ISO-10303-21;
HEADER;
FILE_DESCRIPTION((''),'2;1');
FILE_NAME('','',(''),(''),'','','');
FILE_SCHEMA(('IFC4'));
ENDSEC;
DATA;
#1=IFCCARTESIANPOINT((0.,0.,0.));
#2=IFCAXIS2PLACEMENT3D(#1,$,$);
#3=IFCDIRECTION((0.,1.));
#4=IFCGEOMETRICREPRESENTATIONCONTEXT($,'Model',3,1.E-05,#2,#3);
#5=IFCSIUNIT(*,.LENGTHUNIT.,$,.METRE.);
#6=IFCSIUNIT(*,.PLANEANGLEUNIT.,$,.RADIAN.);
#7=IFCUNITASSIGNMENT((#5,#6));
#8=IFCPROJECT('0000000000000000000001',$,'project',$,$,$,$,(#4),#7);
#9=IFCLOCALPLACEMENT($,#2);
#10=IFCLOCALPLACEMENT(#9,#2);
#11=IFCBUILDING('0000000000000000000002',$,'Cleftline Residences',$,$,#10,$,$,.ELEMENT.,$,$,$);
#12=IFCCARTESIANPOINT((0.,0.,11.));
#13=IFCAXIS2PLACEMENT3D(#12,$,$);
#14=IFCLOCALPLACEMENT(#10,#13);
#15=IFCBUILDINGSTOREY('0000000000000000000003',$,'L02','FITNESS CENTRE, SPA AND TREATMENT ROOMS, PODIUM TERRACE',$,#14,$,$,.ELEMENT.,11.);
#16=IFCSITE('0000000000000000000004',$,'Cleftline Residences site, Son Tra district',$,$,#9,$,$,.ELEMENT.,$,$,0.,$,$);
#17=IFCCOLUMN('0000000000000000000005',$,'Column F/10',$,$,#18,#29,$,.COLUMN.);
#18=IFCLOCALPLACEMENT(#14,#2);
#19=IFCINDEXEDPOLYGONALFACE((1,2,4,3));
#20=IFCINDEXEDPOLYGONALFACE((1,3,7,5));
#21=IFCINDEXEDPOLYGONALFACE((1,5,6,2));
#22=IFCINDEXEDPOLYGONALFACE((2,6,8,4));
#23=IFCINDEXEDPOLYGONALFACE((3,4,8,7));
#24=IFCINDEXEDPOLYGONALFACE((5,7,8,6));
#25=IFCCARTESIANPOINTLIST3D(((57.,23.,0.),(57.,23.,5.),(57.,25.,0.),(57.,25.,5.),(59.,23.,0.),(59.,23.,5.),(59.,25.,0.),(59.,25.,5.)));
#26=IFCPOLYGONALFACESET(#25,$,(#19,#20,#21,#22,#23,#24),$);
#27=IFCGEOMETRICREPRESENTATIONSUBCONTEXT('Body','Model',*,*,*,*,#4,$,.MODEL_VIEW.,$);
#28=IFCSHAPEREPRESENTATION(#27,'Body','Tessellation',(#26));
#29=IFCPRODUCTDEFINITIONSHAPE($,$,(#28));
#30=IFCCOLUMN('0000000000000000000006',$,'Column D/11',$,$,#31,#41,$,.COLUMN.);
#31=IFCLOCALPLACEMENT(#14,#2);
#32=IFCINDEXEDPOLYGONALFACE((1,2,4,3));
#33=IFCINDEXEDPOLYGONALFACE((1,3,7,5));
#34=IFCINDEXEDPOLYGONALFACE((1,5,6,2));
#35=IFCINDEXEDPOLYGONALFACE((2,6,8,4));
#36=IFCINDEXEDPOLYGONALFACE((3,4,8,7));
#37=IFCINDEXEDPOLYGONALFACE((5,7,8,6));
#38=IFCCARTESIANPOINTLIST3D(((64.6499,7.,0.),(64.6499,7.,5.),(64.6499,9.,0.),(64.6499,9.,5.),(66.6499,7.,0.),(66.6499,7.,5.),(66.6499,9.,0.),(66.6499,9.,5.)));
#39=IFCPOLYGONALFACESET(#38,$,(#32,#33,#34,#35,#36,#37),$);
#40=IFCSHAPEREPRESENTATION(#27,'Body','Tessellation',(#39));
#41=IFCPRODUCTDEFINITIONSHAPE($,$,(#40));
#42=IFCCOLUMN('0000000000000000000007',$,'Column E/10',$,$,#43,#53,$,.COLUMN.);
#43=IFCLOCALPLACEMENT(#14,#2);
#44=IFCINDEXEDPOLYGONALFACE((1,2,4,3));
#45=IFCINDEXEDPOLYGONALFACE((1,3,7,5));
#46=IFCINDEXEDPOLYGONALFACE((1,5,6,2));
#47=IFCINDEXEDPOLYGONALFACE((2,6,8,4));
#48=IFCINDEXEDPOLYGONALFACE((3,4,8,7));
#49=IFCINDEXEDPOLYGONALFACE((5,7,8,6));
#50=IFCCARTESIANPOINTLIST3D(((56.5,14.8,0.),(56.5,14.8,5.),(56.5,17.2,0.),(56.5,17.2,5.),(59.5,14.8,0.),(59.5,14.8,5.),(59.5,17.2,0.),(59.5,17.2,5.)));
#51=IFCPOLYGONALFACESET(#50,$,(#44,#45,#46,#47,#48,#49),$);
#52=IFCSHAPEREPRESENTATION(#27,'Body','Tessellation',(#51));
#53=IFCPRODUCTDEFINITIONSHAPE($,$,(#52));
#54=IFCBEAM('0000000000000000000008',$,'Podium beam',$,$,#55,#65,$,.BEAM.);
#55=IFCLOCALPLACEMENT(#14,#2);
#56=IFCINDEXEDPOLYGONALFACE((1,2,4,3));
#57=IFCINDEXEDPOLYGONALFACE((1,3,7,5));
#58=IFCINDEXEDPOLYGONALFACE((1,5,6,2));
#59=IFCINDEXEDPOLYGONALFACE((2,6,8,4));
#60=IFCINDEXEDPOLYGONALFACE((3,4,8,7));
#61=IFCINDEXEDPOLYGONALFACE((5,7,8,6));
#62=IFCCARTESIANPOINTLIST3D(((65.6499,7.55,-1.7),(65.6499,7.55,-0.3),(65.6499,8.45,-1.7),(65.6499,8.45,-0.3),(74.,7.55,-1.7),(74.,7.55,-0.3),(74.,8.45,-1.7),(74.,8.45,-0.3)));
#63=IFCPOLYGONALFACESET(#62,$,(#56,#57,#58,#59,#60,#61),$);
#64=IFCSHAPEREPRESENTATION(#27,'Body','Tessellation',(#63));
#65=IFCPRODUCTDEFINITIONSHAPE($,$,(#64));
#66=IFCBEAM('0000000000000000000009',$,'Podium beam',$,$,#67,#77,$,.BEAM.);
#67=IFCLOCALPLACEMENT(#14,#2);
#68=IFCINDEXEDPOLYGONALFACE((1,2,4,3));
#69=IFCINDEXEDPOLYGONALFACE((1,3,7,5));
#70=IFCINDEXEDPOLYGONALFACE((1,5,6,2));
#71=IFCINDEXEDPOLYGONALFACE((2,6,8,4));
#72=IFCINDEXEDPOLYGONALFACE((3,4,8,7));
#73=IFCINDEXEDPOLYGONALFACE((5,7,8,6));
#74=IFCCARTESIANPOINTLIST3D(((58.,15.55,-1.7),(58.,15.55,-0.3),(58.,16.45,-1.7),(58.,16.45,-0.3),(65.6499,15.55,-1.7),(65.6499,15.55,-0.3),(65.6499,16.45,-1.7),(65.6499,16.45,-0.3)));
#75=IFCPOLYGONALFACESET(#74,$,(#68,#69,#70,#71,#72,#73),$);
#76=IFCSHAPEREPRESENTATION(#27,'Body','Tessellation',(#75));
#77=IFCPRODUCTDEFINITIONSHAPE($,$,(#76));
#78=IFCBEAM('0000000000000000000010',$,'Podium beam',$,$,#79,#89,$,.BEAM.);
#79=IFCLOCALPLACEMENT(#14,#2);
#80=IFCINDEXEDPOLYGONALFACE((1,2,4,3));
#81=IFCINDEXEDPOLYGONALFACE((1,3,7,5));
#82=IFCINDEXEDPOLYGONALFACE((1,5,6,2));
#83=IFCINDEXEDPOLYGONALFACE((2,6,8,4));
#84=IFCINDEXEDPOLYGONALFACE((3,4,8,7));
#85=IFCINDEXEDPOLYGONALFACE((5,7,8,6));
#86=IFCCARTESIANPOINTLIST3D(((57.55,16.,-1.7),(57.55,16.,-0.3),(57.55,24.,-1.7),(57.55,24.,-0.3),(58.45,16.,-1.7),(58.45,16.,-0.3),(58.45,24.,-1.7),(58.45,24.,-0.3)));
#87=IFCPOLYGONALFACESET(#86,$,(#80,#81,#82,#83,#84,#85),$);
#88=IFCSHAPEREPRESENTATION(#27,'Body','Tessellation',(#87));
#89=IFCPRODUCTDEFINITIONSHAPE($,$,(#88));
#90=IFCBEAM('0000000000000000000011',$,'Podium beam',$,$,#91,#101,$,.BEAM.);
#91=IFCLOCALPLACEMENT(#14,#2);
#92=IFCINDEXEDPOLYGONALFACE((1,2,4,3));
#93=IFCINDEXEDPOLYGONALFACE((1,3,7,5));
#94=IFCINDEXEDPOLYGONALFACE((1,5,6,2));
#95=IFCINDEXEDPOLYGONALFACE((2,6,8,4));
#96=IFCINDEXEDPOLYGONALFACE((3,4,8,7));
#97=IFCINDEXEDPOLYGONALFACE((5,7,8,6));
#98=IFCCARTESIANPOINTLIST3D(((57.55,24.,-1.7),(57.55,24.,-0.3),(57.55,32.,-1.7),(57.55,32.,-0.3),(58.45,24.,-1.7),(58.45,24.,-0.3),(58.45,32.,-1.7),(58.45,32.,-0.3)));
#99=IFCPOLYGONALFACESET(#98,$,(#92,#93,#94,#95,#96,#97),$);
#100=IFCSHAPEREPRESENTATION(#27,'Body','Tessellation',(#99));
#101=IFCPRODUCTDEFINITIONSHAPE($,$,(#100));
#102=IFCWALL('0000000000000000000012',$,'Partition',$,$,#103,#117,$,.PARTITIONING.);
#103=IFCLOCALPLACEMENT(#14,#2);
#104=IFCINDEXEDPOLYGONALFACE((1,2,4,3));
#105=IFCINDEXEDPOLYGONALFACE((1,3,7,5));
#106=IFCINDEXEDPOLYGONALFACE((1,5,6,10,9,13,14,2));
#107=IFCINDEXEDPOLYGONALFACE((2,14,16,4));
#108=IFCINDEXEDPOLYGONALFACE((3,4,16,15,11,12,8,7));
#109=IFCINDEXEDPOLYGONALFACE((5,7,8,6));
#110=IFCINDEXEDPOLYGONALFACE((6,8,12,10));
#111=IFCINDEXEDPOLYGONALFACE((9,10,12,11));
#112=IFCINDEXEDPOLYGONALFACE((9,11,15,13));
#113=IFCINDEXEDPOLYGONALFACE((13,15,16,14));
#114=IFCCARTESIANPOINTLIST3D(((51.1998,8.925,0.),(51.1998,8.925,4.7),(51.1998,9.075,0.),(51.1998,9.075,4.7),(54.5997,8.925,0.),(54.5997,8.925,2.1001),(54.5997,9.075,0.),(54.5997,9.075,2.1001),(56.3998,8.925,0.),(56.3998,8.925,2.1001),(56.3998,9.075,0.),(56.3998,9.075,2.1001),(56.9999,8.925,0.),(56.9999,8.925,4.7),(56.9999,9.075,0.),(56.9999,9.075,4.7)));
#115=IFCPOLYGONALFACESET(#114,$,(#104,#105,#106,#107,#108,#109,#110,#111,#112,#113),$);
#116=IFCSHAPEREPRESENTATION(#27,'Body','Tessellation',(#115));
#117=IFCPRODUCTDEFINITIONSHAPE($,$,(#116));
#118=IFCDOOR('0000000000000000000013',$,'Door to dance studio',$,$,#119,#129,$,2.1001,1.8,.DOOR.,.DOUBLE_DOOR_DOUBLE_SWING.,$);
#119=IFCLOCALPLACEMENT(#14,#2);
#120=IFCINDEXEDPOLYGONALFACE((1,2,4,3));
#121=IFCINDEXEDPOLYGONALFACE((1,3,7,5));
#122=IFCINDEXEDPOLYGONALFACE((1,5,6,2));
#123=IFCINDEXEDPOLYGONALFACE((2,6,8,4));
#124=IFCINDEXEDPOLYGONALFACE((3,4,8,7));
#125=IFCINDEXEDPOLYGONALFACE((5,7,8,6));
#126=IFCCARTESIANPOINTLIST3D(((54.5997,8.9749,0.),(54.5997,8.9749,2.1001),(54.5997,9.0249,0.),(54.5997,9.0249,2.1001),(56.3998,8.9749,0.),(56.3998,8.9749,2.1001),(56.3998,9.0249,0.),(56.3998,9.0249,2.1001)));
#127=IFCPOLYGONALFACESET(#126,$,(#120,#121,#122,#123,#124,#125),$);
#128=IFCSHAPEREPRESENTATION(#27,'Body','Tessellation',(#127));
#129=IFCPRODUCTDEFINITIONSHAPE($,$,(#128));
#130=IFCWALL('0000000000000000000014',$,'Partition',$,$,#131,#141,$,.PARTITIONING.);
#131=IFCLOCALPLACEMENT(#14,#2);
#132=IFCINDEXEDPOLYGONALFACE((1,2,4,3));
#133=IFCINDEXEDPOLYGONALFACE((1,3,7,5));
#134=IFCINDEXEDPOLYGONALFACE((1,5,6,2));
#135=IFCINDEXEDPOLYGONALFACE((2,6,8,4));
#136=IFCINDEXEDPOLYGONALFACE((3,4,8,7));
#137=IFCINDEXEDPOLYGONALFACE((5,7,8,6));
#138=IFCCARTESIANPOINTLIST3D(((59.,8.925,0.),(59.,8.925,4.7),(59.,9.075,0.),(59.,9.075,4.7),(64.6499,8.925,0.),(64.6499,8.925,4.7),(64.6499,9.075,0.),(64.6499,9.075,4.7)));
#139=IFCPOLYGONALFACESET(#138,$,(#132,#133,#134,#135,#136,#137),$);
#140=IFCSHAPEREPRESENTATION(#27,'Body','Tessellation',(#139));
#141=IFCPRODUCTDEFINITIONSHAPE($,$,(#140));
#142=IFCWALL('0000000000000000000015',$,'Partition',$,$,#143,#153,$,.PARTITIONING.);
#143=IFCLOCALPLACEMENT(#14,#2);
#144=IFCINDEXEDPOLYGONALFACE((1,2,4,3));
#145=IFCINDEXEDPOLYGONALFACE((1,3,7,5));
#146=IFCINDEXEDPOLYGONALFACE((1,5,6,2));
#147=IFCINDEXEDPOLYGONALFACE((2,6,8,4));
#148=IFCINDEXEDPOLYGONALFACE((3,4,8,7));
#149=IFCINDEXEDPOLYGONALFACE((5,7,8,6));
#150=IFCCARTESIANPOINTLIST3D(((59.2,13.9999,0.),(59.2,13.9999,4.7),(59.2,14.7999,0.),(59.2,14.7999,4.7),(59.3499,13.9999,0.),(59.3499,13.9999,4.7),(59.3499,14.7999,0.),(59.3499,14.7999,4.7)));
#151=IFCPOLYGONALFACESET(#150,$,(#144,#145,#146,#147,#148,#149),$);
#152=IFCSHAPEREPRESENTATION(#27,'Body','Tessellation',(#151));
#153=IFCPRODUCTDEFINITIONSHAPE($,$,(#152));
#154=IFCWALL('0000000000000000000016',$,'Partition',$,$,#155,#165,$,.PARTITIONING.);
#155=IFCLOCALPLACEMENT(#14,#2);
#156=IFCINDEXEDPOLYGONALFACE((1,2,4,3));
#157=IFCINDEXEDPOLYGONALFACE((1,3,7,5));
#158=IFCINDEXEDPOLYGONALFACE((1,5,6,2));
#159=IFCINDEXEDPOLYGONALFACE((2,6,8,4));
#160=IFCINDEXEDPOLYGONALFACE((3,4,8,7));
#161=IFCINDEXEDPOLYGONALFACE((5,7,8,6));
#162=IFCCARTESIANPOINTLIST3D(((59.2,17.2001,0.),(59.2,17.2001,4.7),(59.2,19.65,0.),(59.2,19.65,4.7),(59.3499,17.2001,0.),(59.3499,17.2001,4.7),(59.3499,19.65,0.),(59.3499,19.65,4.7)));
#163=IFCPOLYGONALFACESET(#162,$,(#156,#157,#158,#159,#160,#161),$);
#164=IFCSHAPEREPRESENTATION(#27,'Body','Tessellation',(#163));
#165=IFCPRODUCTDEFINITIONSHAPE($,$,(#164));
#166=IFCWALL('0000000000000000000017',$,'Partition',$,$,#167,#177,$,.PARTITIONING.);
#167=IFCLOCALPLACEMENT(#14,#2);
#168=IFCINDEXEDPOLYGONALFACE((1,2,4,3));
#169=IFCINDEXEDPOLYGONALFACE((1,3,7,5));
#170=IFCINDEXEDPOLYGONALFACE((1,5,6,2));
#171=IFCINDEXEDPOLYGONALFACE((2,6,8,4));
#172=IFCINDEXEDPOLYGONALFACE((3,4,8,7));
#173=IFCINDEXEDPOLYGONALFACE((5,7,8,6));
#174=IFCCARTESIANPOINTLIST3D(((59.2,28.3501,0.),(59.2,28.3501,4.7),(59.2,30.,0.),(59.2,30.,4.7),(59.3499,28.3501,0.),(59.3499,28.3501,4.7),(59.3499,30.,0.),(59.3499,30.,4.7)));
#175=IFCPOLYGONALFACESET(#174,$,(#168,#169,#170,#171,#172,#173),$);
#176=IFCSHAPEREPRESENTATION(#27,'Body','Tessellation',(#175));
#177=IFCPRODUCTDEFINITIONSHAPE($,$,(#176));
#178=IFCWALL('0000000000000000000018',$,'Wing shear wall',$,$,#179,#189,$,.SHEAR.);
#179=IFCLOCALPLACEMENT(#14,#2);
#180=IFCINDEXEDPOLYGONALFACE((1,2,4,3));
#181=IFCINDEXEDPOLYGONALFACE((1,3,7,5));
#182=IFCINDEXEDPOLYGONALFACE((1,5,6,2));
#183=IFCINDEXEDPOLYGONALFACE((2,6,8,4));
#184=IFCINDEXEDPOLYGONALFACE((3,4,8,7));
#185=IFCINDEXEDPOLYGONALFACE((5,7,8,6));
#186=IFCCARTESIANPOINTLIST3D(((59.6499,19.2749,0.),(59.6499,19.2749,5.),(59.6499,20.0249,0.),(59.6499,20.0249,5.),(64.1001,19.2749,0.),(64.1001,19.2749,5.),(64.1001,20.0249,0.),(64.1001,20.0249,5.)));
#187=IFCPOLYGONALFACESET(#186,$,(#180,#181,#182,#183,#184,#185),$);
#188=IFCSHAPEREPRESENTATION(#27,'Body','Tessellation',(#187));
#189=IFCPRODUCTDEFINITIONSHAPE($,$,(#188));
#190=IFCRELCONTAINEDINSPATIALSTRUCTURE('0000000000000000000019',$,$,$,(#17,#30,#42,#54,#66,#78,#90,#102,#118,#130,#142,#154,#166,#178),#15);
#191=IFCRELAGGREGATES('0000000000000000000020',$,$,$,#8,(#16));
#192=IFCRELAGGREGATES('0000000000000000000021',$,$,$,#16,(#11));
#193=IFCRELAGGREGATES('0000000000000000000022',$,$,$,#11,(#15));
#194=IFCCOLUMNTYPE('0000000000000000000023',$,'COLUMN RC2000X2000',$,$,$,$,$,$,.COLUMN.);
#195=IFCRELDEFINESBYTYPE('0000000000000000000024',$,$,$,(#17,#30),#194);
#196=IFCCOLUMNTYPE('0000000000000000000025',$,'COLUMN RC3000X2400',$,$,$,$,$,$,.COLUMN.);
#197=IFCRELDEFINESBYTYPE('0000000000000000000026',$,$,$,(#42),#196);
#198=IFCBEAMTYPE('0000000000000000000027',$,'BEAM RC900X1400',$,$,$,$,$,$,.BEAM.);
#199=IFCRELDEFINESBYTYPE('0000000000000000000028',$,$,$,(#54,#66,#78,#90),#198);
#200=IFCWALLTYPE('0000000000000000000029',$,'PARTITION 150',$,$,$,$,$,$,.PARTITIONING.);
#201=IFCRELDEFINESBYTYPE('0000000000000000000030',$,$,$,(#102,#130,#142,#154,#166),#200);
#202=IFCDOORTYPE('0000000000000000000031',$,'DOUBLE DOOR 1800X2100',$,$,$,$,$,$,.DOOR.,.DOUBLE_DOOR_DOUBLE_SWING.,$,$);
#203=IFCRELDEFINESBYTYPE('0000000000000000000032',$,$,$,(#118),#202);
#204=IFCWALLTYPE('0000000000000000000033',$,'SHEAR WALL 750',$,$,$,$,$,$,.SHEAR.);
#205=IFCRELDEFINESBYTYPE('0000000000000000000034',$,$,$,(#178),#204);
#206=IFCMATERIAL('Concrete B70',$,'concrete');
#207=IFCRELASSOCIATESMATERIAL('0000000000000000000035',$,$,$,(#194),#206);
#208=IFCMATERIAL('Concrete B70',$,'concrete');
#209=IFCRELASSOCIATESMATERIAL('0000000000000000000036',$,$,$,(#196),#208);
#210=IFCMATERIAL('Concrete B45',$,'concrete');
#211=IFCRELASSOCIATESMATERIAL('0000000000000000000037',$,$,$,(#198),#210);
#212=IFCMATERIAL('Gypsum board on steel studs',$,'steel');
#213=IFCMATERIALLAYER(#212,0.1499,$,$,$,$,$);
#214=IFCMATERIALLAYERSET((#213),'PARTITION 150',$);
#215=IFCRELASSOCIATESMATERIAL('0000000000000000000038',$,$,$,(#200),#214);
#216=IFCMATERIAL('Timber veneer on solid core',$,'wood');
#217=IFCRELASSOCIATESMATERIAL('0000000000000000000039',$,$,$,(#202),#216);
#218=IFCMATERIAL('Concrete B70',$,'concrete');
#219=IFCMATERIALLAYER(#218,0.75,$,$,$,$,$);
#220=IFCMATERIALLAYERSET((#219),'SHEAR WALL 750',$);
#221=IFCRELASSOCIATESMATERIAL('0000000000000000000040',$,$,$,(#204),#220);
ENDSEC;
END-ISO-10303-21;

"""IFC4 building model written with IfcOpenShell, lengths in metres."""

from ifc_helpers import new_model, si_unit, direction, frame, frame_2d, origin, origin_2d, place, context, subcontext, project, spatial, rectangle, extrude, material, layer, layer_set, material_profile, profile_set, type_object, element, fill, save


model = new_model("IFC4")

# Units and contexts
model_context = context("Model", 3, precision=1e-05, world=origin(), true_north=direction((0.0, 1.0)))
body_context = subcontext(model_context, "Body", "Model", "MODEL_VIEW")
ifc_project = project(units=[si_unit("LENGTHUNIT", "METRE"), si_unit("PLANEANGLEUNIT", "RADIAN")], contexts=[model_context])

# Site, building, storey
site_placement = place(None, origin())
site = spatial("IfcSite", under=ifc_project, at=site_placement, Name="Cleftline Residences site, Son Tra district", CompositionType="ELEMENT", RefElevation=0.0)
building_placement = place(site_placement, origin())
building = spatial("IfcBuilding", under=site, at=building_placement, Name="Cleftline Residences", CompositionType="ELEMENT")
storey_placement = place(building_placement, frame((0.0, 0.0, 11.0)))
storey = spatial("IfcBuildingStorey", under=building, at=storey_placement, Name="L02", Description="FITNESS CENTRE, SPA AND TREATMENT ROOMS, PODIUM TERRACE", CompositionType="ELEMENT", Elevation=11.0)

# Columns
ifc_material_1 = material(Name="Concrete B70", Category="concrete")
ifc_material_profile_1 = material_profile(ifc_material_1, rectangle(XDim=2.0, YDim=2.0, at=origin_2d()))
ifc_profile_set_1 = profile_set([ifc_material_profile_1], Name="Concrete B70")
column_type_1 = type_object("IfcColumnType", Name="COLUMN RC2000X2000", PredefinedType="COLUMN", material=ifc_profile_set_1)
for number, where, z_axis, x_axis, name in (
    (1, (58.0, 24.0, 0.0), (0.0, 0.0, 1.0), (1.0, 0.0, 0.0), "Column F/10"),
    (2, (65.6499, 8.0, 0.0), (0.0, 0.0, 1.0), (1.0, 0.0, 0.0), "Column D/11"),
):
    element("IfcColumn", number, at=place(storey_placement, frame(where, z_axis=z_axis, x_axis=x_axis)), inside=storey, type_object=column_type_1, Name=name, PredefinedType="COLUMN", context=body_context, shape_type="SweptSolid", body=[
        extrude(rectangle(XDim=2.0, YDim=2.0, at=origin_2d()), origin(), (0.0, 0.0, 1.0), 5.0),
    ])
ifc_material_2 = material(Name="Concrete B70", Category="concrete")
ifc_material_profile_2 = material_profile(ifc_material_2, rectangle(XDim=3.0, YDim=2.3999, at=origin_2d()))
ifc_profile_set_2 = profile_set([ifc_material_profile_2], Name="Concrete B70")
column_type_2 = type_object("IfcColumnType", Name="COLUMN RC3000X2400", PredefinedType="COLUMN", material=ifc_profile_set_2)
column_placement = place(storey_placement, frame((58.0, 16.0, 0.0), z_axis=(0.0, 0.0, 1.0), x_axis=(1.0, 0.0, 0.0)))
element("IfcColumn", 3, at=column_placement, inside=storey, type_object=column_type_2, Name="Column E/10", PredefinedType="COLUMN", context=body_context, shape_type="SweptSolid", body=[
    extrude(rectangle(XDim=3.0, YDim=2.3999, at=origin_2d()), origin(), (0.0, 0.0, 1.0), 5.0),
])

# Beams
ifc_material_3 = material(Name="Concrete B45", Category="concrete")
ifc_material_profile_3 = material_profile(ifc_material_3, rectangle(XDim=0.8999, YDim=1.3999, at=origin_2d()))
ifc_profile_set_3 = profile_set([ifc_material_profile_3], Name="Concrete B45")
beam_type = type_object("IfcBeamType", Name="BEAM RC900X1400", PredefinedType="BEAM", material=ifc_profile_set_3)
beam_1_placement = place(storey_placement, frame((65.6499, 8.0, -1.0), z_axis=(1.0, 0.0, 0.0), x_axis=(0.0, 1.0, 0.0)))
element("IfcBeam", 4, at=beam_1_placement, inside=storey, type_object=beam_type, Name="Podium beam", PredefinedType="BEAM", context=body_context, shape_type="SweptSolid", body=[
    extrude(rectangle(XDim=0.8999, YDim=1.3999, at=origin_2d()), origin(), (0.0, 0.0, 1.0), 8.3501),
])
beam_2_placement = place(storey_placement, frame((58.0, 16.0, -1.0), z_axis=(1.0, 0.0, 0.0), x_axis=(0.0, 1.0, 0.0)))
element("IfcBeam", 5, at=beam_2_placement, inside=storey, type_object=beam_type, Name="Podium beam", PredefinedType="BEAM", context=body_context, shape_type="SweptSolid", body=[
    extrude(rectangle(XDim=0.8999, YDim=1.3999, at=origin_2d()), origin(), (0.0, 0.0, 1.0), 7.6499),
])
for number, where, z_axis, x_axis, name in (
    (6, (58.0, 16.0, -1.0), (0.0, 1.0, 0.0), (-1.0, 0.0, 0.0), "Podium beam"),
    (7, (58.0, 24.0, -1.0), (0.0, 1.0, 0.0), (-1.0, 0.0, 0.0), "Podium beam"),
):
    element("IfcBeam", number, at=place(storey_placement, frame(where, z_axis=z_axis, x_axis=x_axis)), inside=storey, type_object=beam_type, Name=name, PredefinedType="BEAM", context=body_context, shape_type="SweptSolid", body=[
        extrude(rectangle(XDim=0.8999, YDim=1.3999, at=origin_2d()), origin(), (0.0, 0.0, 1.0), 8.0),
    ])

# Wall, opening, door
ifc_material_4 = material(Name="Gypsum board on steel studs", Category="steel")
ifc_layer_1 = layer(ifc_material_4, 0.1499)
ifc_layer_set_1 = layer_set([ifc_layer_1], Name="PARTITION 150")
wall_type_1 = type_object("IfcWallType", Name="PARTITION 150", PredefinedType="PARTITIONING", material=ifc_layer_set_1)
wall_1_placement = place(storey_placement, frame((51.2, 9.0, 0.0), z_axis=(0.0, 0.0, 1.0), x_axis=(1.0, 0.0, 0.0)))
wall_1 = element("IfcWall", 8, at=wall_1_placement, inside=storey, type_object=wall_type_1, Name="Partition", PredefinedType="PARTITIONING", context=body_context, shape_type="SweptSolid", body=[
    extrude(rectangle(XDim=5.8, YDim=0.1499, at=frame_2d((2.8999, 0.0))), origin(), (0.0, 0.0, 1.0), 4.7),
])
opening_1_placement = place(wall_1_placement, frame((3.3999, 0.0, 0.0)))
opening_1 = element("IfcOpeningElement", 9, at=opening_1_placement, cuts=wall_1, PredefinedType="OPENING", context=body_context, shape_type="SweptSolid", body=[
    extrude(rectangle(XDim=1.8, YDim=2.1001, at=frame_2d((0.8999, 1.05))), frame((0.0, 0.085, 0.0), z_axis=(0.0, -1.0, 0.0), x_axis=(1.0, 0.0, 0.0)), (0.0, 0.0, 1.0), 0.1699),
])
ifc_material_5 = material(Name="Timber veneer on solid core", Category="wood")
door_type_1 = type_object("IfcDoorType", Name="DOUBLE DOOR 1800X2100", OperationType="DOUBLE_DOOR_DOUBLE_SWING", PredefinedType="DOOR", material=ifc_material_5)
door_1_placement = place(opening_1_placement, origin())
door_1 = element("IfcDoor", 10, at=door_1_placement, inside=storey, type_object=door_type_1, Name="Door to dance studio", OperationType="DOUBLE_DOOR_DOUBLE_SWING", OverallHeight=2.1001, OverallWidth=1.8, PredefinedType="DOOR", context=body_context, shape_type="SweptSolid", body=[
    extrude(rectangle(XDim=1.8, YDim=2.1001, at=frame_2d((0.8999, 1.05))), frame((0.0, 0.0249, 0.0), z_axis=(0.0, -1.0, 0.0), x_axis=(1.0, 0.0, 0.0)), (0.0, 0.0, 1.0), 0.05),
])
fill(opening_1, door_1)

# Walls
wall_2_placement = place(storey_placement, frame((59.0, 9.0, 0.0), z_axis=(0.0, 0.0, 1.0), x_axis=(1.0, 0.0, 0.0)))
element("IfcWall", 11, at=wall_2_placement, inside=storey, type_object=wall_type_1, Name="Partition", PredefinedType="PARTITIONING", context=body_context, shape_type="SweptSolid", body=[
    extrude(rectangle(XDim=5.6499, YDim=0.1499, at=frame_2d((2.825, 0.0))), origin(), (0.0, 0.0, 1.0), 4.7),
])
wall_3_placement = place(storey_placement, frame((59.2749, 14.0, 0.0), z_axis=(0.0, 0.0, 1.0), x_axis=(0.0, 1.0, 0.0)))
element("IfcWall", 12, at=wall_3_placement, inside=storey, type_object=wall_type_1, Name="Partition", PredefinedType="PARTITIONING", context=body_context, shape_type="SweptSolid", body=[
    extrude(rectangle(XDim=0.8, YDim=0.1499, at=frame_2d((0.3999, 0.0))), origin(), (0.0, 0.0, 1.0), 4.7),
])
wall_4_placement = place(storey_placement, frame((59.2749, 17.2, 0.0), z_axis=(0.0, 0.0, 1.0), x_axis=(0.0, 1.0, 0.0)))
element("IfcWall", 13, at=wall_4_placement, inside=storey, type_object=wall_type_1, Name="Partition", PredefinedType="PARTITIONING", context=body_context, shape_type="SweptSolid", body=[
    extrude(rectangle(XDim=2.45, YDim=0.1499, at=frame_2d((1.2251, 0.0))), origin(), (0.0, 0.0, 1.0), 4.7),
])
wall_5_placement = place(storey_placement, frame((59.2749, 28.3501, 0.0), z_axis=(0.0, 0.0, 1.0), x_axis=(0.0, 1.0, 0.0)))
element("IfcWall", 14, at=wall_5_placement, inside=storey, type_object=wall_type_1, Name="Partition", PredefinedType="PARTITIONING", context=body_context, shape_type="SweptSolid", body=[
    extrude(rectangle(XDim=1.6499, YDim=0.1499, at=frame_2d((0.825, 0.0))), origin(), (0.0, 0.0, 1.0), 4.7),
])
ifc_material_6 = material(Name="Concrete B70", Category="concrete")
ifc_layer_2 = layer(ifc_material_6, 0.75)
ifc_layer_set_2 = layer_set([ifc_layer_2], Name="SHEAR WALL 750")
wall_type_2 = type_object("IfcWallType", Name="SHEAR WALL 750", PredefinedType="SHEAR", material=ifc_layer_set_2)
wall_6_placement = place(storey_placement, frame((59.6499, 19.6499, 0.0), z_axis=(0.0, 0.0, 1.0), x_axis=(1.0, 0.0, 0.0)))
element("IfcWall", 15, at=wall_6_placement, inside=storey, type_object=wall_type_2, Name="Wing shear wall", PredefinedType="SHEAR", context=body_context, shape_type="SweptSolid", body=[
    extrude(rectangle(XDim=4.4502, YDim=0.75, at=frame_2d((2.2251, 0.0))), origin(), (0.0, 0.0, 1.0), 5.0),
])

save(model, "model.ifc")
